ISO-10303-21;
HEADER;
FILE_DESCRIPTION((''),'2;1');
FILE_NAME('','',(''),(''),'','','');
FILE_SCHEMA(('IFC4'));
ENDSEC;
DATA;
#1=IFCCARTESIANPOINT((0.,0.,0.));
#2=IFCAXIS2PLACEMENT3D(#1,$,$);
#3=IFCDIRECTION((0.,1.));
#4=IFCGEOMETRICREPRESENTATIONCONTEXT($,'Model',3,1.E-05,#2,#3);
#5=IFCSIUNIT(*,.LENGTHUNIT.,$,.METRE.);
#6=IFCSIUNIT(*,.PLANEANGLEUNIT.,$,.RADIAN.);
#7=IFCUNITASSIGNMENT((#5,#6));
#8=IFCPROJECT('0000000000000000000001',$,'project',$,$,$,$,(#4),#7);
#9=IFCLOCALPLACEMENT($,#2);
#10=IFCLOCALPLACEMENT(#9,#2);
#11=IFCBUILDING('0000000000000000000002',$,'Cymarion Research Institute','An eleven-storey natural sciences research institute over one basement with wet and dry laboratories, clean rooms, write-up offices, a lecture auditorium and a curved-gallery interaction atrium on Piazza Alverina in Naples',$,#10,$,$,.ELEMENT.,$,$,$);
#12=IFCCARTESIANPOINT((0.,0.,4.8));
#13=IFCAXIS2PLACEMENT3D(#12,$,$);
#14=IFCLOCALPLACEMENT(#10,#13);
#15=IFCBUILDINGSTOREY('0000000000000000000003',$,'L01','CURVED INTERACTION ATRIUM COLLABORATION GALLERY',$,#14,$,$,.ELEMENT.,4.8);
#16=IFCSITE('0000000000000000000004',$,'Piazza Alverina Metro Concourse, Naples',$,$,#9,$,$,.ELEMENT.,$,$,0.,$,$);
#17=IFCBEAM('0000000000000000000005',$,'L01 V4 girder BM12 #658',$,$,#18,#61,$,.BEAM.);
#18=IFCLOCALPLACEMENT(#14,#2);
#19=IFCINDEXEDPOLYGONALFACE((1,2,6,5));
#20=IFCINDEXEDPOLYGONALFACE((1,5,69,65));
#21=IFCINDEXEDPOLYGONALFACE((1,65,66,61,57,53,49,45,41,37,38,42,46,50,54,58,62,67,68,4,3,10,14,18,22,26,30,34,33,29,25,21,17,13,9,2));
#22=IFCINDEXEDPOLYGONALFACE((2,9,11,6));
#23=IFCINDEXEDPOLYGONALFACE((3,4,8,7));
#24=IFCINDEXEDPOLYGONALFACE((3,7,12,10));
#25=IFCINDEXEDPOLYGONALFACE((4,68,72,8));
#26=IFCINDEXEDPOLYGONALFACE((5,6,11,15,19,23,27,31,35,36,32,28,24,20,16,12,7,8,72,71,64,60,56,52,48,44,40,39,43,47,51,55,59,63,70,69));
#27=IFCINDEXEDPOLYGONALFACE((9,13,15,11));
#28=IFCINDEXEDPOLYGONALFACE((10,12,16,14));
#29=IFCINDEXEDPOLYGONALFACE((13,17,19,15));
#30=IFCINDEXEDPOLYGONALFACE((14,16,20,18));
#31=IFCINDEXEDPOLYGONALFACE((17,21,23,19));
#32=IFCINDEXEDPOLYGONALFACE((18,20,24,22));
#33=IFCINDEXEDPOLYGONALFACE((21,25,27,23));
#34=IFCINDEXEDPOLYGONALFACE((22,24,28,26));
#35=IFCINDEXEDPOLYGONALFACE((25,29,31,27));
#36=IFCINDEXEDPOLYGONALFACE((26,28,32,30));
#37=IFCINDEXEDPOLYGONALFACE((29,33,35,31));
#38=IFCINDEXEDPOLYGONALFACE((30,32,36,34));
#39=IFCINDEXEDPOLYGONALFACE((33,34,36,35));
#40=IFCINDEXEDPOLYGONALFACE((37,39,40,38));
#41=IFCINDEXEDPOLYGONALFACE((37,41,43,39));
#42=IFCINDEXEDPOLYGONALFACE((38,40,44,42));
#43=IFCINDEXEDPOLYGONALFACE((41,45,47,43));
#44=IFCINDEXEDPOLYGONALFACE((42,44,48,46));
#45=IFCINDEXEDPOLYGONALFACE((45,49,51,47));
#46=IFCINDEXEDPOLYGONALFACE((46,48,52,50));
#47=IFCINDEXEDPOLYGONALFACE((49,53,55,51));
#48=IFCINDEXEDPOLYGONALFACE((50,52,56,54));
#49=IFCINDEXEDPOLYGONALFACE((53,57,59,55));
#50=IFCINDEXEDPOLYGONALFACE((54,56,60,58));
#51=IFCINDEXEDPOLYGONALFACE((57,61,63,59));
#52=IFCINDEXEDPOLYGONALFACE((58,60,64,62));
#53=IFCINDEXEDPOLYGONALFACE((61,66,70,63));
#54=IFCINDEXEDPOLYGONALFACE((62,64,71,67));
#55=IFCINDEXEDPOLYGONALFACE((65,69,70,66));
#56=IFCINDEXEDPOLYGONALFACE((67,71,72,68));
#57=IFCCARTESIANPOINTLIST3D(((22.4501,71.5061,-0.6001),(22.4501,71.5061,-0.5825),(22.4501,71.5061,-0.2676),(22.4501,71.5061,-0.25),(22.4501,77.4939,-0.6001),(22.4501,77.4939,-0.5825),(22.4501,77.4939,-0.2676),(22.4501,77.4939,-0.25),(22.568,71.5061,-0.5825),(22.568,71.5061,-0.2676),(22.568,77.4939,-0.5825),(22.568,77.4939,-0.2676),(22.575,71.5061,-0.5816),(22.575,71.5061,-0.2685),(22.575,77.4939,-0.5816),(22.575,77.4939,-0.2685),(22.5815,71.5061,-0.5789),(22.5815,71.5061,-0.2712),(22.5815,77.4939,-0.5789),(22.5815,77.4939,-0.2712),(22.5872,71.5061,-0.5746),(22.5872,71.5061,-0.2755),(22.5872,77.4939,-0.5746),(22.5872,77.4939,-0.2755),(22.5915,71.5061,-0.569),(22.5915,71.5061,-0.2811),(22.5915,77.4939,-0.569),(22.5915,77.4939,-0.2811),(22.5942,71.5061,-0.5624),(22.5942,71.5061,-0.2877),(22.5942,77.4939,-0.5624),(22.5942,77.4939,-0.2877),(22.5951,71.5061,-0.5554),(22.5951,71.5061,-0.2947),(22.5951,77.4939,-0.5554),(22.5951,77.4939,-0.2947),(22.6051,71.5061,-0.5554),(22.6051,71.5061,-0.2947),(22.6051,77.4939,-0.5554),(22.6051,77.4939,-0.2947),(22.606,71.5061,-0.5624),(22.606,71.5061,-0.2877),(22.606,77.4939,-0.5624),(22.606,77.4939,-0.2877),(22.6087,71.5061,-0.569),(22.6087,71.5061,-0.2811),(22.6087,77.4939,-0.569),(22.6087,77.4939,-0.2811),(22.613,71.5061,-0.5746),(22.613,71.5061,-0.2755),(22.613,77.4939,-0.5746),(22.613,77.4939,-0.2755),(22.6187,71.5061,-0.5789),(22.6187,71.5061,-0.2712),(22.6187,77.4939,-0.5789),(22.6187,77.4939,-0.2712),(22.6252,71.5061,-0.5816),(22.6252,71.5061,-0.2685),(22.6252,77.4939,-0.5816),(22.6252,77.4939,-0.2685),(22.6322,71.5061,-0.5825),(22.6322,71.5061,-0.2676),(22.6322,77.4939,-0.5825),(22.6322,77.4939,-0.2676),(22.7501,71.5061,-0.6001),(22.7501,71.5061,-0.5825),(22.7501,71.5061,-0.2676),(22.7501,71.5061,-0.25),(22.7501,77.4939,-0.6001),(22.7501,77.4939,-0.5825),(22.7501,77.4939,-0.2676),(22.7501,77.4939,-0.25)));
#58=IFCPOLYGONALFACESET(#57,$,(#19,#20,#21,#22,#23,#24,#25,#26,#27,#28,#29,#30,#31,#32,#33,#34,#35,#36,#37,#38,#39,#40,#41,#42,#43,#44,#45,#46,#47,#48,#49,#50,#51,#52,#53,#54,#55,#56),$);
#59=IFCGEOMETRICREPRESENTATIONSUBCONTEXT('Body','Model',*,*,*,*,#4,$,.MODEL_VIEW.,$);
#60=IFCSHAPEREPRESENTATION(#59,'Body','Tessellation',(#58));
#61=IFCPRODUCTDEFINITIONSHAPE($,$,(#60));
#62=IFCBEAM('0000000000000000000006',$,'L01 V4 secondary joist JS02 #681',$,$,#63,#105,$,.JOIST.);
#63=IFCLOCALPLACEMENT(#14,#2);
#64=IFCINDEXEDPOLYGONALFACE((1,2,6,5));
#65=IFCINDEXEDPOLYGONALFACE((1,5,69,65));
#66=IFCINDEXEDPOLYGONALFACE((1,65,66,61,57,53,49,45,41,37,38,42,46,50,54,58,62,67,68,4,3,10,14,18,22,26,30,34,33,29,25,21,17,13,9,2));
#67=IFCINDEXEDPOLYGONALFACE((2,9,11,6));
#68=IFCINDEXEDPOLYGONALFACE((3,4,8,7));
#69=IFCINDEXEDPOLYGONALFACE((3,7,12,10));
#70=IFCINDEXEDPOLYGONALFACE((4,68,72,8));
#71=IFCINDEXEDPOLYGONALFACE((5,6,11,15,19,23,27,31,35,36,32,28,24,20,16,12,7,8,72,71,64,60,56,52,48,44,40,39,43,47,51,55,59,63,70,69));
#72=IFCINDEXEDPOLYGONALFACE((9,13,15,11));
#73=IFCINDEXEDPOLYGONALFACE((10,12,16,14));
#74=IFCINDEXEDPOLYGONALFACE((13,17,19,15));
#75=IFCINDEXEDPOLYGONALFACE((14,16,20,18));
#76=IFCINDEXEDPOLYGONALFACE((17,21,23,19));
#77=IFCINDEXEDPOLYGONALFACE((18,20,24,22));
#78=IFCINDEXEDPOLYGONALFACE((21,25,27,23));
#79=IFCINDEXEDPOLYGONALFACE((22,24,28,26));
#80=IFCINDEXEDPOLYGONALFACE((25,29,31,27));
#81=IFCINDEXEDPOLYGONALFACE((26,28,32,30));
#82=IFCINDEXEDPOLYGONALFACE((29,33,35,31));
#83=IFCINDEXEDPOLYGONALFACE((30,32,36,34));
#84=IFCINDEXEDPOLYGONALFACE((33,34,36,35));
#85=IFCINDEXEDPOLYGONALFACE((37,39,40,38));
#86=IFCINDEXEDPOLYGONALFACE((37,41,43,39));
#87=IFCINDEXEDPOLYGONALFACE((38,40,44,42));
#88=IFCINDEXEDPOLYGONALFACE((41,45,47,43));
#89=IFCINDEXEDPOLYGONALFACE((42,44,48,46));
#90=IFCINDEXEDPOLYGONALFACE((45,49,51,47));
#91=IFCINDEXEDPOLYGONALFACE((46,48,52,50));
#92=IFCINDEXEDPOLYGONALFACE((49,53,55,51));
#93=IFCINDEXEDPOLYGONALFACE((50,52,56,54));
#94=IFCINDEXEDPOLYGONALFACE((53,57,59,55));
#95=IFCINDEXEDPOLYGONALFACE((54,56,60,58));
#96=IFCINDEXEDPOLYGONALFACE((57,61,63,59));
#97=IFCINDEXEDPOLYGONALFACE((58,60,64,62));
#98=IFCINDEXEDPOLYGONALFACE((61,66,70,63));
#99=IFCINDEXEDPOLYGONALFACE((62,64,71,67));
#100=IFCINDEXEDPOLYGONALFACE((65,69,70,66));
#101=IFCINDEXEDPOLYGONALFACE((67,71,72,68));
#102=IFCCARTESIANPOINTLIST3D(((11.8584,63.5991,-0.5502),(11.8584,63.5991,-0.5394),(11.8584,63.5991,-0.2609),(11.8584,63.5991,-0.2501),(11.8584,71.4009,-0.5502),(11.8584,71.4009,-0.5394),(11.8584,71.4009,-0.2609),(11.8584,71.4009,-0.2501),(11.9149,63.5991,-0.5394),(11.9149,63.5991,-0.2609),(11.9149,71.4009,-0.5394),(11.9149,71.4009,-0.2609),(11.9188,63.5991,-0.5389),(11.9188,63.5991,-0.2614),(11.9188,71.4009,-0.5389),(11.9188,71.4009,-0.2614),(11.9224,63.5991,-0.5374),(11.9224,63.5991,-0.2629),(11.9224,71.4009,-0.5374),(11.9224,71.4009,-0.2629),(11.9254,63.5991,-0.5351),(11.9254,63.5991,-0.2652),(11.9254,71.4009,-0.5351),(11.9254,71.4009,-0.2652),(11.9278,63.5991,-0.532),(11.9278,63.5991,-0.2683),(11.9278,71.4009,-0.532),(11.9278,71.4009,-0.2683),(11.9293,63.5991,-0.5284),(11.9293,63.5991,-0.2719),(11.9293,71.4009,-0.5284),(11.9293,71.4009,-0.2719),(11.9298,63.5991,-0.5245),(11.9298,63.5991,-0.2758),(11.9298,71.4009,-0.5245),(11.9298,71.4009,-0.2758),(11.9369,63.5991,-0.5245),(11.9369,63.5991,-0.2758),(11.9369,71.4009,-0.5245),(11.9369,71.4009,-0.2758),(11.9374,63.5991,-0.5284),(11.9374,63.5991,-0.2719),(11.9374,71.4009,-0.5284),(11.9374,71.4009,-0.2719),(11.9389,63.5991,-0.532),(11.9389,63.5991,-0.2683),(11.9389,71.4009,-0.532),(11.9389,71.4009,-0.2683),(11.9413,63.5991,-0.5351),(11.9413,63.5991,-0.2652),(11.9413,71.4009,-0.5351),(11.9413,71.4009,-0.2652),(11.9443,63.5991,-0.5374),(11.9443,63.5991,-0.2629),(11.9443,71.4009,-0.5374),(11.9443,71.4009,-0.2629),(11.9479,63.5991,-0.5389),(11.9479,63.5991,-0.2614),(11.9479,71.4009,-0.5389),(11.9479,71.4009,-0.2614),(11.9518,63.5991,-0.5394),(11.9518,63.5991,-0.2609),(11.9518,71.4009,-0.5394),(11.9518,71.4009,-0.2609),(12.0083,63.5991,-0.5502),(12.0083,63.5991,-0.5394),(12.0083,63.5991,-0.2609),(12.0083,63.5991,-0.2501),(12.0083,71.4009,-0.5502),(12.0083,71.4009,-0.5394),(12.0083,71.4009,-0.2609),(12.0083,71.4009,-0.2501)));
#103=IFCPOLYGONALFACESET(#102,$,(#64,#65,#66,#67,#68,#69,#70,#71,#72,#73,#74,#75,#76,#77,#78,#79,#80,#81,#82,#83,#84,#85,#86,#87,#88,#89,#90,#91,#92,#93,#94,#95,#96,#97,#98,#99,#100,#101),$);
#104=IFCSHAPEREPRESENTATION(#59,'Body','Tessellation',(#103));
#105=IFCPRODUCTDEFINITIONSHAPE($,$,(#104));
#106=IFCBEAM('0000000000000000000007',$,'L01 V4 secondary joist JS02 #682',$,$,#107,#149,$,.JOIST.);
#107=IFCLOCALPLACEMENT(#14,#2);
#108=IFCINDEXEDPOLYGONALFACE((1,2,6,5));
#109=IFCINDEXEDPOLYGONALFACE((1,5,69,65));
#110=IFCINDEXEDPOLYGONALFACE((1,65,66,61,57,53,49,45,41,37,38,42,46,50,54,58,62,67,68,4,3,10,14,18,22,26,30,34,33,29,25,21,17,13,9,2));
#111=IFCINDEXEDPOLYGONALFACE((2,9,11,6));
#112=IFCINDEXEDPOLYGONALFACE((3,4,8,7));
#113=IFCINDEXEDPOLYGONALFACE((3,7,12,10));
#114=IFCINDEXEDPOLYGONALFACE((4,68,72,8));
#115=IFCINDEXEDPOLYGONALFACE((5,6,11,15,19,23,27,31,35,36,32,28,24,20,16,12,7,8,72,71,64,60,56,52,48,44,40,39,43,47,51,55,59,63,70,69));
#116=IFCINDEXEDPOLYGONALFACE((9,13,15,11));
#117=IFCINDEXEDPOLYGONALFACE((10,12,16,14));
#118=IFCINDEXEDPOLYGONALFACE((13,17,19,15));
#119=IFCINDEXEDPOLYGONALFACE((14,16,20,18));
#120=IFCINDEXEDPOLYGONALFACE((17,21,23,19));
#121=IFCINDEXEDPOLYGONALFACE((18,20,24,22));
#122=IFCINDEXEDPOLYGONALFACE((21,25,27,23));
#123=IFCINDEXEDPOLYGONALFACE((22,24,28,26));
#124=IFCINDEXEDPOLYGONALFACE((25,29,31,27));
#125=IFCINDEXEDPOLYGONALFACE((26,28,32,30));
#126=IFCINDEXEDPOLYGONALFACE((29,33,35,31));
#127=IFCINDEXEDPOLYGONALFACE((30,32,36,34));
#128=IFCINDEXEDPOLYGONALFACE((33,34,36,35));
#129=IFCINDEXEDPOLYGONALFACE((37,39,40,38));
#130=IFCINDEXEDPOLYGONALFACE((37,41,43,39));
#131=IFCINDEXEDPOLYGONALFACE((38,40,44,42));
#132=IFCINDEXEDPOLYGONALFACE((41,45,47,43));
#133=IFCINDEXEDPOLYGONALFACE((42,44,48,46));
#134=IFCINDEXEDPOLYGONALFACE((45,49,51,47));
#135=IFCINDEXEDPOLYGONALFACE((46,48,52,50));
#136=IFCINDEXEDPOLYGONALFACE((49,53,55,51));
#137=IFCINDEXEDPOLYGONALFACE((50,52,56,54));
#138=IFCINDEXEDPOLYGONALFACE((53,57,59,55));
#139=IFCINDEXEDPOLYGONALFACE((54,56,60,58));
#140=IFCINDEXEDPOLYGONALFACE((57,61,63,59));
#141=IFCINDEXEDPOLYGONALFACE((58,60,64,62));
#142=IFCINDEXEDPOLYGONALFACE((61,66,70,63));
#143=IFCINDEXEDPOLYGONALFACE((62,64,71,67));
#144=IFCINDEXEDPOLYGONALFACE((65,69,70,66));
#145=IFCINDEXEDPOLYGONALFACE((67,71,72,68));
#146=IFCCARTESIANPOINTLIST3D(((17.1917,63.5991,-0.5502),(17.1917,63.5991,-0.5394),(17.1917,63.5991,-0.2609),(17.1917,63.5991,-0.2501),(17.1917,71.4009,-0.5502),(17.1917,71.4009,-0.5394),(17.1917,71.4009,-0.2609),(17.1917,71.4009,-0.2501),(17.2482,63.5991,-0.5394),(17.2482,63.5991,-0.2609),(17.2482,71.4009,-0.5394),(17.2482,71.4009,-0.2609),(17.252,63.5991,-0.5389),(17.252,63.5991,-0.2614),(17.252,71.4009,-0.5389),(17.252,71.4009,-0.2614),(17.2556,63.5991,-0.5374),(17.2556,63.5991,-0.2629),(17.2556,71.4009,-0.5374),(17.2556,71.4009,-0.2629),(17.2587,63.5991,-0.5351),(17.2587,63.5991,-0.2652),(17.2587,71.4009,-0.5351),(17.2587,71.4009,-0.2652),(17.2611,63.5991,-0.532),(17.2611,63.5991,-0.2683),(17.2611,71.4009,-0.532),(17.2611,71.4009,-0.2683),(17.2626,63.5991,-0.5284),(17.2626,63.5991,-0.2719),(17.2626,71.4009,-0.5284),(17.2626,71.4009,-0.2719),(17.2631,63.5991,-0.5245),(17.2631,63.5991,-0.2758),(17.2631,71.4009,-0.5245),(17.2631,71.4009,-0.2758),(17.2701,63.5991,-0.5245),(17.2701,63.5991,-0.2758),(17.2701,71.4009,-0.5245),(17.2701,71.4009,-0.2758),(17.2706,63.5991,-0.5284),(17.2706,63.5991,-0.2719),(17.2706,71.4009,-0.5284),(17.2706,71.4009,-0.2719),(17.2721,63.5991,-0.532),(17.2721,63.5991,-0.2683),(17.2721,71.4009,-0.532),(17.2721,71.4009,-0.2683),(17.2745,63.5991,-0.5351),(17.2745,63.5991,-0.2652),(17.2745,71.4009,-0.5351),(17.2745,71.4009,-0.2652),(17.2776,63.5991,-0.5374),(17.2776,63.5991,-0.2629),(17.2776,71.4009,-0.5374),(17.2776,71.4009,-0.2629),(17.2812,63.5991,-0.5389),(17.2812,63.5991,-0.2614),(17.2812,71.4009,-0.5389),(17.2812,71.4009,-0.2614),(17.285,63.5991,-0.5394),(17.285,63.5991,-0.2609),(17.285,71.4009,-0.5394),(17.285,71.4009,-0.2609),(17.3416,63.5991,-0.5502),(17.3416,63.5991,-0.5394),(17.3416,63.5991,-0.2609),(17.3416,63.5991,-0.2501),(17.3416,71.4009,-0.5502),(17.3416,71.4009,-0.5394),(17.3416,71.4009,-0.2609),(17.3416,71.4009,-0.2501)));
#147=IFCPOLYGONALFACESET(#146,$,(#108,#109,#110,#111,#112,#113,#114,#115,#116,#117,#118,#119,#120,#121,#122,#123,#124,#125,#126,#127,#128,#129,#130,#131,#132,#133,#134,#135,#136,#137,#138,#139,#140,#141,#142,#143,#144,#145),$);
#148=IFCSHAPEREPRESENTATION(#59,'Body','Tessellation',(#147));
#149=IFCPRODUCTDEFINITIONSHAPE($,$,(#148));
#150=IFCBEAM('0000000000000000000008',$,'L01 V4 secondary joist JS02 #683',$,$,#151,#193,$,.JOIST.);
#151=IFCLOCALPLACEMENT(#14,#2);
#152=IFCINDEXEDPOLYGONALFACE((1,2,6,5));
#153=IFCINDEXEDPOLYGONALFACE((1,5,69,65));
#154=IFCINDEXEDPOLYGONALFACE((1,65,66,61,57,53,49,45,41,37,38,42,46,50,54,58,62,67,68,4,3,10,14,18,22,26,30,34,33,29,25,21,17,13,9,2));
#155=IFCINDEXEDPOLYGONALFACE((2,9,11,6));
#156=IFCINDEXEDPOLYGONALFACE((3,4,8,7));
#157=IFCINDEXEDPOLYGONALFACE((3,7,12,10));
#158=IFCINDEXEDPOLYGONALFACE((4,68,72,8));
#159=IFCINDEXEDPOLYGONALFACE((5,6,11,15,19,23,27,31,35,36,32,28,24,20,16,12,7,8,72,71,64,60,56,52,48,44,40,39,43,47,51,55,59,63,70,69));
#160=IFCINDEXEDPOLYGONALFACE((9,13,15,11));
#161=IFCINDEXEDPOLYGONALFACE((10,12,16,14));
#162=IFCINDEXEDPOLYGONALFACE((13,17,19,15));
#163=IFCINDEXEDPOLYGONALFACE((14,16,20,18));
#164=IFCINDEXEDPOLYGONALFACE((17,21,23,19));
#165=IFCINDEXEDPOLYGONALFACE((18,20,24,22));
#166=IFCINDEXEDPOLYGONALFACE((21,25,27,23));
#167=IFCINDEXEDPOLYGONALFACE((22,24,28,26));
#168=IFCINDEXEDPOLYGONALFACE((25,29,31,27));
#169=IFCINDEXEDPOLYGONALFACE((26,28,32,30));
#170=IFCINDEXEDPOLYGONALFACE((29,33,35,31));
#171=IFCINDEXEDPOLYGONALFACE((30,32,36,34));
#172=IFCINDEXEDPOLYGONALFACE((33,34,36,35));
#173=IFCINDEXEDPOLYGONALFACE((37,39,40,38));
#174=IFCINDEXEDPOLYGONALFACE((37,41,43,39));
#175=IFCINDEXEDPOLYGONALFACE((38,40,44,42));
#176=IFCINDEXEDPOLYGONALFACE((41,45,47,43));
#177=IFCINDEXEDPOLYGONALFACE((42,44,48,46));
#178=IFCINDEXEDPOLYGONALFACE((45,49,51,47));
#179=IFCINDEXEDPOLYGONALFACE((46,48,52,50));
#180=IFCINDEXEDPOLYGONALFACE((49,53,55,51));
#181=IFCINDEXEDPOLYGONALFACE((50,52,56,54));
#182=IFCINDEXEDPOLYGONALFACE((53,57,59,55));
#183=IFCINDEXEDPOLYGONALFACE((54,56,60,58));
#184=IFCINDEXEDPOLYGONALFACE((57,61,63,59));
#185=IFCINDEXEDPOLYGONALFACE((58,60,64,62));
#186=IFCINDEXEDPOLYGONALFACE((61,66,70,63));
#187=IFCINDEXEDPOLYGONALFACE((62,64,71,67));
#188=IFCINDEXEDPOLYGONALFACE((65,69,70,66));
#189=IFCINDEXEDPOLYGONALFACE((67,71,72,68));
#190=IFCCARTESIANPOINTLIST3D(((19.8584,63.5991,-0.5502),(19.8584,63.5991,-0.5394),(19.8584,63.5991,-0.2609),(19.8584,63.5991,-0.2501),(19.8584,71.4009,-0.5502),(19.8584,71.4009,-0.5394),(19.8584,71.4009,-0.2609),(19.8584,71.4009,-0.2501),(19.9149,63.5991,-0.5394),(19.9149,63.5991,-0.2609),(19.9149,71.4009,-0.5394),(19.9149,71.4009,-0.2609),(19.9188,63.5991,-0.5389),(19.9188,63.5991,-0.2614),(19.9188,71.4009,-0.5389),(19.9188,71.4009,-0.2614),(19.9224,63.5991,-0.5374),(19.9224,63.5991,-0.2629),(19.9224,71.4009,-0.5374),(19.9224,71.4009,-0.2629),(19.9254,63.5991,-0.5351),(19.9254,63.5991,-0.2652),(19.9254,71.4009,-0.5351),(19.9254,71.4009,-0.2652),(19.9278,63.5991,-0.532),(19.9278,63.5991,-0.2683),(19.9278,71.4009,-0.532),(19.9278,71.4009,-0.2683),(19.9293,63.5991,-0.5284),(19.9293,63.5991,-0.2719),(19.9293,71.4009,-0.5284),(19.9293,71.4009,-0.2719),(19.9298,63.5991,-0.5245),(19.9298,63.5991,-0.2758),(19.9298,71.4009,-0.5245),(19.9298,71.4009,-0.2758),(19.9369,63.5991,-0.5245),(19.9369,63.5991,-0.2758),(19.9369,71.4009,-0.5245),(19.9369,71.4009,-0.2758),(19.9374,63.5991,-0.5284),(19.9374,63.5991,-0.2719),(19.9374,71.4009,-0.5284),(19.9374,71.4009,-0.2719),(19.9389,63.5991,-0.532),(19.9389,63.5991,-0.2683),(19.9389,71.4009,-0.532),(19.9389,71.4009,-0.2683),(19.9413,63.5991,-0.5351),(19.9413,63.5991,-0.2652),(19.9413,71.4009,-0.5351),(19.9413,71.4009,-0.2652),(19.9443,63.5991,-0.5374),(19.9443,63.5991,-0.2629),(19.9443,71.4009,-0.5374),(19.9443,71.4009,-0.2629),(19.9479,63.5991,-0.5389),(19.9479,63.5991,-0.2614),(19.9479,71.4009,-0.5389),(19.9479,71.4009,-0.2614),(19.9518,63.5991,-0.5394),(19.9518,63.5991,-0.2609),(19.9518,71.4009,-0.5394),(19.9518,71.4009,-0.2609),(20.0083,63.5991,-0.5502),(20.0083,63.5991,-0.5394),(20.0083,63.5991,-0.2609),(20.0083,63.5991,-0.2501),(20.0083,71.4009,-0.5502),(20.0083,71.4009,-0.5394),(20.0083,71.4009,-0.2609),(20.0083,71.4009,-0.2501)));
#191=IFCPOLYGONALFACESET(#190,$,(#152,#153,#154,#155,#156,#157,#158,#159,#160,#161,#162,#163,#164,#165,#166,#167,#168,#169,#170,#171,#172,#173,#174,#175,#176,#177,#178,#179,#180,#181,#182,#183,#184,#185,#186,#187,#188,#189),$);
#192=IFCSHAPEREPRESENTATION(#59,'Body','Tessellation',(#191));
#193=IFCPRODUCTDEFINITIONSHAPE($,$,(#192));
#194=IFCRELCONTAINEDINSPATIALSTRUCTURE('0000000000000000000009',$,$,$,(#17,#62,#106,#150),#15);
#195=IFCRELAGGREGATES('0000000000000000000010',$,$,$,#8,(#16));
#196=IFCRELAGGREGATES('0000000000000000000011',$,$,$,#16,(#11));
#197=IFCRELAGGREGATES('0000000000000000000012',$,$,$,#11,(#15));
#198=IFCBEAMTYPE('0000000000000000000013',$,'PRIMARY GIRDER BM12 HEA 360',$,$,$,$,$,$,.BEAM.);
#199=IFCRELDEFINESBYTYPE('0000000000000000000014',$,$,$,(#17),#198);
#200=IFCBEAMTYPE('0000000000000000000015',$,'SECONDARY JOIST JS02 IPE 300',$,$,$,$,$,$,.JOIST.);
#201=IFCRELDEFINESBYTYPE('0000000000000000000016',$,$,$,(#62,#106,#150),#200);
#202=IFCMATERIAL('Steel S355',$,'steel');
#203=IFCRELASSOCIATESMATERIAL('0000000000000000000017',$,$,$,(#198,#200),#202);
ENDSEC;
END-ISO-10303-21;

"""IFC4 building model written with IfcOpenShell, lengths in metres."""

from ifc_helpers import new_model, si_unit, direction, frame, origin, origin_2d, place, context, subcontext, project, spatial, i_section, extrude, material, material_profile, profile_set, type_object, element, save


model = new_model("IFC4")

# Units and contexts
model_context = context("Model", 3, precision=1e-05, world=origin(), true_north=direction((0.0, 1.0)))
body_context = subcontext(model_context, "Body", "Model", "MODEL_VIEW")
ifc_project = project(units=[si_unit("LENGTHUNIT", "METRE"), si_unit("PLANEANGLEUNIT", "RADIAN")], contexts=[model_context])

# Site, building, storey
site_placement = place(None, origin())
site = spatial("IfcSite", under=ifc_project, at=site_placement, Name="Piazza Alverina Metro Concourse, Naples", CompositionType="ELEMENT", RefElevation=0.0)
building_placement = place(site_placement, origin())
building = spatial("IfcBuilding", under=site, at=building_placement, Name="Cymarion Research Institute", Description="An eleven-storey natural sciences research institute over one basement with wet and dry laboratories, clean rooms, write-up offices, a lecture auditorium and a curved-gallery interaction atrium on Piazza Alverina in Naples", CompositionType="ELEMENT")
storey_placement = place(building_placement, frame((0.0, 0.0, 4.8)))
storey = spatial("IfcBuildingStorey", under=building, at=storey_placement, Name="L01", Description="CURVED INTERACTION ATRIUM COLLABORATION GALLERY", CompositionType="ELEMENT", Elevation=4.8)

# Shared definitions
ifc_material_1 = material(Name="Steel S355", Category="steel")

# Beams
ifc_material_profile_1 = material_profile(ifc_material_1, i_section(OverallWidth=0.3, OverallDepth=0.3501, WebThickness=0.01, FlangeThickness=0.0176, FilletRadius=0.0271, at=origin_2d()), Name="HEA 360")
ifc_profile_set_1 = profile_set([ifc_material_profile_1], Name="Steel S355")
beam_type_1 = type_object("IfcBeamType", Name="PRIMARY GIRDER BM12 HEA 360", PredefinedType="BEAM", material=ifc_profile_set_1)
for number, where, z_axis, x_axis, name in (
    (1, (22.6001, 71.5061, -0.425), (0.0, 1.0, 0.0), (-1.0, 0.0, 0.0), "L01 V4 girder BM12 #658"),
):
    element("IfcBeam", number, at=place(storey_placement, frame(where, z_axis=z_axis, x_axis=x_axis)), inside=storey, type_object=beam_type_1, Name=name, PredefinedType="BEAM", context=body_context, shape_type="SweptSolid", body=[
        extrude(i_section(OverallWidth=0.3, OverallDepth=0.3501, WebThickness=0.01, FlangeThickness=0.0176, FilletRadius=0.0271, at=origin_2d()), origin(), (0.0, 0.0, 1.0), 5.9878),
    ])
ifc_material_profile_2 = material_profile(ifc_material_1, i_section(OverallWidth=0.1499, OverallDepth=0.3, WebThickness=0.0071, FlangeThickness=0.0107, FilletRadius=0.0149, at=origin_2d()), Name="IPE 300")
ifc_profile_set_2 = profile_set([ifc_material_profile_2], Name="Steel S355")
beam_type_2 = type_object("IfcBeamType", Name="SECONDARY JOIST JS02 IPE 300", PredefinedType="JOIST", material=ifc_profile_set_2)
for number, where, z_axis, x_axis, name in (
    (2, (11.9333, 63.5991, -0.4001), (0.0, 1.0, 0.0), (-1.0, 0.0, 0.0), "L01 V4 secondary joist JS02 #681"),
    (3, (17.2666, 63.5991, -0.4001), (0.0, 1.0, 0.0), (-1.0, 0.0, 0.0), "L01 V4 secondary joist JS02 #682"),
    (4, (19.9333, 63.5991, -0.4001), (0.0, 1.0, 0.0), (-1.0, 0.0, 0.0), "L01 V4 secondary joist JS02 #683"),
):
    element("IfcBeam", number, at=place(storey_placement, frame(where, z_axis=z_axis, x_axis=x_axis)), inside=storey, type_object=beam_type_2, Name=name, PredefinedType="JOIST", context=body_context, shape_type="SweptSolid", body=[
        extrude(i_section(OverallWidth=0.1499, OverallDepth=0.3, WebThickness=0.0071, FlangeThickness=0.0107, FilletRadius=0.0149, at=origin_2d()), origin(), (0.0, 0.0, 1.0), 7.8018),
    ])

save(model, "model.ifc")
